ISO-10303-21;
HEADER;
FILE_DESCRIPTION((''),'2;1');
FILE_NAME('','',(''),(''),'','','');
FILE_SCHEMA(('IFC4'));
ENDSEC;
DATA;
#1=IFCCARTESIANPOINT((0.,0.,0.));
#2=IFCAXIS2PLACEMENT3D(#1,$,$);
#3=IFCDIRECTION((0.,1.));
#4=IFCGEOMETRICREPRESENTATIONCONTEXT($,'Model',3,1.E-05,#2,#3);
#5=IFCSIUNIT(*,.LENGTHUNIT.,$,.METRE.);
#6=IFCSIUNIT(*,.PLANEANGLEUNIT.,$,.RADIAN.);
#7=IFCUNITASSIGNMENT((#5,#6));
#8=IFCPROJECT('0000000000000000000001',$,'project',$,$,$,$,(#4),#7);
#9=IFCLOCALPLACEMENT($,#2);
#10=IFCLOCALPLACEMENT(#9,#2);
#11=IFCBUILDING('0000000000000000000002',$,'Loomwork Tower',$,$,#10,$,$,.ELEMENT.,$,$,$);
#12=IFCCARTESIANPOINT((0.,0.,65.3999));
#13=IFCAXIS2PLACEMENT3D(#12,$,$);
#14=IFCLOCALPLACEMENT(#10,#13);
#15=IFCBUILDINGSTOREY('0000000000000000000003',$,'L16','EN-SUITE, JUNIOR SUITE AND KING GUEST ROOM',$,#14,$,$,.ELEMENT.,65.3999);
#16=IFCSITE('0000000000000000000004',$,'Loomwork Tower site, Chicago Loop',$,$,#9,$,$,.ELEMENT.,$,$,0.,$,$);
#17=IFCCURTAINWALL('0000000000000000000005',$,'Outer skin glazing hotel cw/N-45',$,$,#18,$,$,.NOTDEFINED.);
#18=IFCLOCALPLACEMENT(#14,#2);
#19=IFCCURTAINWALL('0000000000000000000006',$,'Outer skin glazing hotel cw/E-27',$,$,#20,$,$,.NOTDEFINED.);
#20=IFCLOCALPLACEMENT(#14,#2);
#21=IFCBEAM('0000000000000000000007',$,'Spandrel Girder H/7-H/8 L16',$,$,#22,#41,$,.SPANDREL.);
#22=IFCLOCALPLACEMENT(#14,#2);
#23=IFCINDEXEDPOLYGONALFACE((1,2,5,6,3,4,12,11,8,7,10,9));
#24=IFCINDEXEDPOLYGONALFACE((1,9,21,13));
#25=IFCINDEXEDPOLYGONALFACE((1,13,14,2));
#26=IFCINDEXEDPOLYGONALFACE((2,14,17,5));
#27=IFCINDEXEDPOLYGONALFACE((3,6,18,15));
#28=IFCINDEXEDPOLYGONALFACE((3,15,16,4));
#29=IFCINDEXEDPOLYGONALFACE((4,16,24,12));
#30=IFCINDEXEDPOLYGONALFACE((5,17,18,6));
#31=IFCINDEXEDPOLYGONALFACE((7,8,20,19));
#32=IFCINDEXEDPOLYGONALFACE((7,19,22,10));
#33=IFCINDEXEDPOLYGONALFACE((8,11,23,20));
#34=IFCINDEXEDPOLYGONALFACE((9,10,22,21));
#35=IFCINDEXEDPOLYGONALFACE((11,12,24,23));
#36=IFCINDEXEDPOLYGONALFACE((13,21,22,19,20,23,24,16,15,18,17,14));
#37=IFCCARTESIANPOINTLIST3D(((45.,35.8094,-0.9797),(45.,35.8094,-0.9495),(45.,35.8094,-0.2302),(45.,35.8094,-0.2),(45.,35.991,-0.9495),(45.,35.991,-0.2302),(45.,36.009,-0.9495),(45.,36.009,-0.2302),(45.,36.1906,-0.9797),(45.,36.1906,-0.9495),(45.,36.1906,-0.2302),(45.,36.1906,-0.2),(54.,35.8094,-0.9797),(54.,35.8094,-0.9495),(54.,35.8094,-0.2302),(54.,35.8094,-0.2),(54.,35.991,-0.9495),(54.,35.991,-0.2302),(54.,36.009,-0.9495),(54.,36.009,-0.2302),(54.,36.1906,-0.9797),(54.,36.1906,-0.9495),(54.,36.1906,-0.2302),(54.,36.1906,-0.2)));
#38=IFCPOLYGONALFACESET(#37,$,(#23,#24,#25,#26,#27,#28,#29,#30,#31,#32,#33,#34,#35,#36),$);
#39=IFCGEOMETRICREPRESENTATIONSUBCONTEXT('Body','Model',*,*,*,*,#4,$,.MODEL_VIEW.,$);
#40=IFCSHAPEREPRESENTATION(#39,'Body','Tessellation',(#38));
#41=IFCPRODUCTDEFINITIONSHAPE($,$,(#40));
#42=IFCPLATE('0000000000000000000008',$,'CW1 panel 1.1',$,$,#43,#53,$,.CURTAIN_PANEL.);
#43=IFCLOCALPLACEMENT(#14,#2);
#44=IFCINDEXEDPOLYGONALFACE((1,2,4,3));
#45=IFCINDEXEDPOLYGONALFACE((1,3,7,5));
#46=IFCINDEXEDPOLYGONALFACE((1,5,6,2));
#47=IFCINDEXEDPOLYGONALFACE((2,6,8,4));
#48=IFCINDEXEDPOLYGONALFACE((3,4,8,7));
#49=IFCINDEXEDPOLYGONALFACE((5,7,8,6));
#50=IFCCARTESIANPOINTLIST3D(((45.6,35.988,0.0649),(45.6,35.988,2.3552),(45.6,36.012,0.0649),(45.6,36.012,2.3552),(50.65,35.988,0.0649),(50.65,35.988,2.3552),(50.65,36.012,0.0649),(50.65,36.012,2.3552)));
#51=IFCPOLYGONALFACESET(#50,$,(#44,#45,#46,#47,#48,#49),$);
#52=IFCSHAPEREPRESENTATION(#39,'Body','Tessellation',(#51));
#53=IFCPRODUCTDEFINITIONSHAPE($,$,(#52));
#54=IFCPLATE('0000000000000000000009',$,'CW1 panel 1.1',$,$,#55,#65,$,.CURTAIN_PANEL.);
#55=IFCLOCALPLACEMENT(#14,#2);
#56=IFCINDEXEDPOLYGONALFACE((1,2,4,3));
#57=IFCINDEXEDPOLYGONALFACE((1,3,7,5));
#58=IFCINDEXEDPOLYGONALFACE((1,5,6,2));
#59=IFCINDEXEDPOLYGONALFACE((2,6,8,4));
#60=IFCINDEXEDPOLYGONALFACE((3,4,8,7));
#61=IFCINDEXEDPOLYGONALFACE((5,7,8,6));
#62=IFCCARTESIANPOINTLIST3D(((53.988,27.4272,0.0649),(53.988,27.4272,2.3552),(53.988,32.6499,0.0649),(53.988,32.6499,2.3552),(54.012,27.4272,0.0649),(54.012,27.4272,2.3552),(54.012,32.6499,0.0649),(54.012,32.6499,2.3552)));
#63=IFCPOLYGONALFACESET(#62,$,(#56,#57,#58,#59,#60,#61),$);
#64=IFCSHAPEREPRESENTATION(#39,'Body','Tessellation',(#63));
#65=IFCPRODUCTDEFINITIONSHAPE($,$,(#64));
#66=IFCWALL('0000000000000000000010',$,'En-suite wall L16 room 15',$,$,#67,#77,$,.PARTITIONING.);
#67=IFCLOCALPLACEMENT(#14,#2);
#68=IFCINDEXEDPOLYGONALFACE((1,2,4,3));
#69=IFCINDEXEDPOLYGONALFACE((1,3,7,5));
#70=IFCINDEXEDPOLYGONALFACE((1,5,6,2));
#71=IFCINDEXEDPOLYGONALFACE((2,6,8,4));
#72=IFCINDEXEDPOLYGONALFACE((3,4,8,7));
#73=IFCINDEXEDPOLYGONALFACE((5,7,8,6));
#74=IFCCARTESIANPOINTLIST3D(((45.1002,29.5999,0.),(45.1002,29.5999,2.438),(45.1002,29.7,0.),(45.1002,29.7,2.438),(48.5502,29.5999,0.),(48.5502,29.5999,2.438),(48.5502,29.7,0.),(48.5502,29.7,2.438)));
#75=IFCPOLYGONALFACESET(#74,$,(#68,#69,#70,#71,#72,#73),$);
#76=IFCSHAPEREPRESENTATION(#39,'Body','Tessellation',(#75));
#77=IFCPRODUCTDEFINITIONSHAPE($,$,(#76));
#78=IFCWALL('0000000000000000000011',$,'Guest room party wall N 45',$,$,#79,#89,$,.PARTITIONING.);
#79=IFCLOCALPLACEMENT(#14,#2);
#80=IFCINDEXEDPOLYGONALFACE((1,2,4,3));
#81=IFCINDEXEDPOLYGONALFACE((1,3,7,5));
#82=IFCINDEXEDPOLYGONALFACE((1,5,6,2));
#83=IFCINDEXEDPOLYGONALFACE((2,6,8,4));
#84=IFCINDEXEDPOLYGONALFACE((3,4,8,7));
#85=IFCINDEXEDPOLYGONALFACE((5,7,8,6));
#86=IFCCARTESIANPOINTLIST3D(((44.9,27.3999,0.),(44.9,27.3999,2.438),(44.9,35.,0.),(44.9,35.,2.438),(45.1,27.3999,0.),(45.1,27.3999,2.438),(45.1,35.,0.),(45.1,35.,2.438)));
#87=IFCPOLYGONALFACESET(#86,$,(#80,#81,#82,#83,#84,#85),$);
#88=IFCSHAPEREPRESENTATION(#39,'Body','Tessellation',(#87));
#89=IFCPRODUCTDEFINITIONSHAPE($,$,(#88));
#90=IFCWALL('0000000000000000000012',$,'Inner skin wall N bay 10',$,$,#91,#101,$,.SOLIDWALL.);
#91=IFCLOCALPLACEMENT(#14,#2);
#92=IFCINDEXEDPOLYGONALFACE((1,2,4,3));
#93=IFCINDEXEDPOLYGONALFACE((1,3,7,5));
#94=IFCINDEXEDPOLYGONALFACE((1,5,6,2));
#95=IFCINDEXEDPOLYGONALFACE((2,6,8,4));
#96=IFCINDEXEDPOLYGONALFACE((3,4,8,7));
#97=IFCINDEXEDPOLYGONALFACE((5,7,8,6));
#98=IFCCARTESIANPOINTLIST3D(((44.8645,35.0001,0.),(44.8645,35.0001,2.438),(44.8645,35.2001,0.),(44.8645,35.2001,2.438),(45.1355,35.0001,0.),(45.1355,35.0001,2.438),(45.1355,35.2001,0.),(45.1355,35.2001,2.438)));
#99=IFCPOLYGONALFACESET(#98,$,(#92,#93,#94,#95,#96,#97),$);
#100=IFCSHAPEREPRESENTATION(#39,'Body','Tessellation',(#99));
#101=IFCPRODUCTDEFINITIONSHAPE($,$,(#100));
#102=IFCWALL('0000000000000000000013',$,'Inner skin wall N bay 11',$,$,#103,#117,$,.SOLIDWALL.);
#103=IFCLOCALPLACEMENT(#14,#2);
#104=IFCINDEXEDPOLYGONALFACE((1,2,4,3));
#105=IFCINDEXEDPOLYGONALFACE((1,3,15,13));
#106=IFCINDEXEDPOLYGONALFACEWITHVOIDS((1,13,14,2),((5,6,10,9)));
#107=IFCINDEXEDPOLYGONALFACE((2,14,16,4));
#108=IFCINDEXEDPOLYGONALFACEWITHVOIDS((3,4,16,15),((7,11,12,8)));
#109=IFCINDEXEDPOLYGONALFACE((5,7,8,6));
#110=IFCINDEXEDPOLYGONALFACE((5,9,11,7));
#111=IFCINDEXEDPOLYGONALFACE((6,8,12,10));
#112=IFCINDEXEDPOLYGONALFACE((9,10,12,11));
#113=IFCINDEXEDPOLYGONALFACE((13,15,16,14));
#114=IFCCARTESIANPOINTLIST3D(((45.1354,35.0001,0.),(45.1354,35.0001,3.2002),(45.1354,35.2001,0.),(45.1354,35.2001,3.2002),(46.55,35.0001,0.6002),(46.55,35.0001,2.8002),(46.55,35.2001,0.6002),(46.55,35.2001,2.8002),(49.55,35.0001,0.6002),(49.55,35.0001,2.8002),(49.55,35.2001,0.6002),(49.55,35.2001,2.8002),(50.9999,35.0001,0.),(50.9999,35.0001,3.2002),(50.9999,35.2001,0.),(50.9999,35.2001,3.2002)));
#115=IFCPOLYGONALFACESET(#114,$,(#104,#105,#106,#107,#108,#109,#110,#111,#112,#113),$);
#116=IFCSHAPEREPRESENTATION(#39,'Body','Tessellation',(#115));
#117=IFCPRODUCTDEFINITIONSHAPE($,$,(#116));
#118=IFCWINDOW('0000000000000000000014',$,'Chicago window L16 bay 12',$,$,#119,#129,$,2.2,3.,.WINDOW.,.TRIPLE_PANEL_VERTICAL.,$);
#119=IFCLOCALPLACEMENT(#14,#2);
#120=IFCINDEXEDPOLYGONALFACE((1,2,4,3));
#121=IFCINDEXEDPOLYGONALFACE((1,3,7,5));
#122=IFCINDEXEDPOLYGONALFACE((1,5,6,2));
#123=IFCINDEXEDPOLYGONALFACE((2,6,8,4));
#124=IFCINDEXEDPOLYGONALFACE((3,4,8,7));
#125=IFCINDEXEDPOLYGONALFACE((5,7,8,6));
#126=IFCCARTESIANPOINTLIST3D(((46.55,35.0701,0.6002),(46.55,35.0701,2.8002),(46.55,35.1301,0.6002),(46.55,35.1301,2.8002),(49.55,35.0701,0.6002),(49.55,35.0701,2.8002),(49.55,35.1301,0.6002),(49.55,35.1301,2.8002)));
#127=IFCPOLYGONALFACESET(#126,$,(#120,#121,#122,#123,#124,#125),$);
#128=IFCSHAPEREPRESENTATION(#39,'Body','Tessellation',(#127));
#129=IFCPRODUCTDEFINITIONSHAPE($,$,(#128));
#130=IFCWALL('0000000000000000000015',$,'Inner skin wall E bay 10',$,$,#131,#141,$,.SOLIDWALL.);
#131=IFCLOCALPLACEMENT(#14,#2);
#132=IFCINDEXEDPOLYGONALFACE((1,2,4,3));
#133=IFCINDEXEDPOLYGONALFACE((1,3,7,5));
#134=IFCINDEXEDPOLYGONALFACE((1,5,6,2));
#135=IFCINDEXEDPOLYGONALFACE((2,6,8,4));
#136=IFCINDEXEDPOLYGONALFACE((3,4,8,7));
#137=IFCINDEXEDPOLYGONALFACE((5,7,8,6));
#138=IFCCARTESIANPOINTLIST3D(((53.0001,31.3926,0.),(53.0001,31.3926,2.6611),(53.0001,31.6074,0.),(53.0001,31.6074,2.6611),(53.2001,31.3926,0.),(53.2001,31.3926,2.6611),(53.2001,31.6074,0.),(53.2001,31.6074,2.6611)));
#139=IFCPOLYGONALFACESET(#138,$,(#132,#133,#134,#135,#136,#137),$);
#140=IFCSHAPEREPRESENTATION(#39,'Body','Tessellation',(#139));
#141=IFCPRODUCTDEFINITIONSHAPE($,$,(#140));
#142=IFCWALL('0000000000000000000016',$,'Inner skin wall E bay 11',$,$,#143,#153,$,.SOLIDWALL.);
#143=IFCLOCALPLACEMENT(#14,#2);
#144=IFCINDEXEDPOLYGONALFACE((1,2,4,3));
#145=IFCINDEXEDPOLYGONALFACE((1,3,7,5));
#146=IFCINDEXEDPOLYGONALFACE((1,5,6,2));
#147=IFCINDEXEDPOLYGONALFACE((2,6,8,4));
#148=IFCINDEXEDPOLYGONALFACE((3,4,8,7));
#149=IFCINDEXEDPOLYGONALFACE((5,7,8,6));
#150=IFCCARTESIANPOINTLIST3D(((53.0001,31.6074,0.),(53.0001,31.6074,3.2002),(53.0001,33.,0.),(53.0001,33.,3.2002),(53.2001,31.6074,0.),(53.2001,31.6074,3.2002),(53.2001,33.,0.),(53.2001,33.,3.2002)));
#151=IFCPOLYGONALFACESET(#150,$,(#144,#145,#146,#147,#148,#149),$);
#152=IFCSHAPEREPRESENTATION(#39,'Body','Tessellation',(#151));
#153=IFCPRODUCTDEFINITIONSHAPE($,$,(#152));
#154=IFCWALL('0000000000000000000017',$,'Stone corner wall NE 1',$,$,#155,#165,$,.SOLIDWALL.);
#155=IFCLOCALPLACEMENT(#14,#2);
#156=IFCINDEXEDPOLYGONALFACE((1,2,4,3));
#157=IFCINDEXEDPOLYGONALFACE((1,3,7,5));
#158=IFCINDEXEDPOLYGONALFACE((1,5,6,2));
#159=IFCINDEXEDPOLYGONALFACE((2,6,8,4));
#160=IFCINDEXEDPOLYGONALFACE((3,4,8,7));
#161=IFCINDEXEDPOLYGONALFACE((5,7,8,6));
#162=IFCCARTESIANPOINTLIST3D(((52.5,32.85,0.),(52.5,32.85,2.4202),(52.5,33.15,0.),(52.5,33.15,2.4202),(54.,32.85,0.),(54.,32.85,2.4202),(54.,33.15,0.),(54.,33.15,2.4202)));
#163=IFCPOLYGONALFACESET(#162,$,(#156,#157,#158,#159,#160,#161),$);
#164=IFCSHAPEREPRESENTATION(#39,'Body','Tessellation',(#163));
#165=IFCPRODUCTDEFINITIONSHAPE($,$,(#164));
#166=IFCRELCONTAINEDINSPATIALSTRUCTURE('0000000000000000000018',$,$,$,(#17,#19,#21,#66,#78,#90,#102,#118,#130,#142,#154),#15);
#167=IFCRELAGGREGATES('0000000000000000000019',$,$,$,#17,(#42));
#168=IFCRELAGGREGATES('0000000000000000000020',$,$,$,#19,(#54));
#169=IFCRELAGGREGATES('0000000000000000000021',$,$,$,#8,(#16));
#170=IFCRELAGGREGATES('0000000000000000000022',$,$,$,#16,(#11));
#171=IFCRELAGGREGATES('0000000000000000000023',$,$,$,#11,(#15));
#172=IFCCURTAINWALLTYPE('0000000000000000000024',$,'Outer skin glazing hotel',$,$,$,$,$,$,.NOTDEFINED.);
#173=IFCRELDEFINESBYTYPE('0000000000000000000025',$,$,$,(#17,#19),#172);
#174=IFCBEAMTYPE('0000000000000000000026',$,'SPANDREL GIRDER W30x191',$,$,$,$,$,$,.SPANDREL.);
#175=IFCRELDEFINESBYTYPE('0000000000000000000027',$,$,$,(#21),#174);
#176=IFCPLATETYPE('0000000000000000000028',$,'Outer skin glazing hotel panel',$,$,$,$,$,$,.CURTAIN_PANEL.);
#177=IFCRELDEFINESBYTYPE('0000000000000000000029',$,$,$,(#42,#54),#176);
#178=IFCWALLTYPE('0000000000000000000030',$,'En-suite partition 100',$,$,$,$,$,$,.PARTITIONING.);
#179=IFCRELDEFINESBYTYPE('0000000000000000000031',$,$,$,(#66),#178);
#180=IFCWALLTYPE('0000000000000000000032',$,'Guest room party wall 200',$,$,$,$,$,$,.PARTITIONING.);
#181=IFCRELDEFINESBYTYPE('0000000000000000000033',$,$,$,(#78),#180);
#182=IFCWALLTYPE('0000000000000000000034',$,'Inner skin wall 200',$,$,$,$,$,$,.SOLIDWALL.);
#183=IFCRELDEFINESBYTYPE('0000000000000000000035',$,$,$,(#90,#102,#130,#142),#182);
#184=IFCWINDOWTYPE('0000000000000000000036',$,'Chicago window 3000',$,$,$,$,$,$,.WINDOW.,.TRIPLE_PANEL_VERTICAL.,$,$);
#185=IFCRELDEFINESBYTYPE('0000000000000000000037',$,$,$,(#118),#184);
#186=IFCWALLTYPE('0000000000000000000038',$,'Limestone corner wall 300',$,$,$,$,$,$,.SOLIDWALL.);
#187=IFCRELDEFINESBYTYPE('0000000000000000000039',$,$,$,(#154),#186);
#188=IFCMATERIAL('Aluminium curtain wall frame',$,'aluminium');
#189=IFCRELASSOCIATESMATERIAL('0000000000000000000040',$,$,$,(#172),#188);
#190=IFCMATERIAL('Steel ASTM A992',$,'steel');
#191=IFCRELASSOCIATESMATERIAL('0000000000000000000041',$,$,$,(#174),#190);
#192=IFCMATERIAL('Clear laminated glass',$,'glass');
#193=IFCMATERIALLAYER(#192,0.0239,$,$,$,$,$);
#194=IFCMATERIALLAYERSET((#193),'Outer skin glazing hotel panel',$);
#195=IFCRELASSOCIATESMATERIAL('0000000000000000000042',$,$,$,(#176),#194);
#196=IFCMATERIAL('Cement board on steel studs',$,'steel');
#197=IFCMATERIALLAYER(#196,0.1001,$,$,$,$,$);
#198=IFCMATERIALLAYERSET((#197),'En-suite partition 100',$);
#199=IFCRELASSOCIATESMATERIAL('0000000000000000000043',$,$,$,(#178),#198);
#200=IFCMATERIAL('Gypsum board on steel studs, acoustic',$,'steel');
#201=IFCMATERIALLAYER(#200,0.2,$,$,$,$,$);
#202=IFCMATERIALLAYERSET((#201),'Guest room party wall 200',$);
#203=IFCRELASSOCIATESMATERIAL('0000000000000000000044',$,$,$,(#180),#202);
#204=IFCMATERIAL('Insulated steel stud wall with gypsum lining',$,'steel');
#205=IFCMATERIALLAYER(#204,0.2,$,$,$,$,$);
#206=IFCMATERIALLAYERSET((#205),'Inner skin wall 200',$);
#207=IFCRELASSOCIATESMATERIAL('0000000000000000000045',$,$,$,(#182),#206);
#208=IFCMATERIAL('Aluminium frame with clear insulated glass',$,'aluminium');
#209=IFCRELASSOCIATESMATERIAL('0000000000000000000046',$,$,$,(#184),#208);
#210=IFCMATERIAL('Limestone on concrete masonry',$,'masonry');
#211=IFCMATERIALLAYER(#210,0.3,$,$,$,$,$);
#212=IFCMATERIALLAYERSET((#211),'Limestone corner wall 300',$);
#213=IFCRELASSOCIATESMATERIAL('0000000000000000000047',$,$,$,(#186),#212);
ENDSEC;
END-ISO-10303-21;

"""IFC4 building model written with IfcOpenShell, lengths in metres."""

from ifc_helpers import new_model, si_unit, direction, frame, frame_2d, origin, origin_2d, place, context, subcontext, project, spatial, rectangle, i_section, extrude, material, layer, layer_set, material_profile, profile_set, type_object, element, fill, aggregate, save


model = new_model("IFC4")

# Units and contexts
model_context = context("Model", 3, precision=1e-05, world=origin(), true_north=direction((0.0, 1.0)))
body_context = subcontext(model_context, "Body", "Model", "MODEL_VIEW")
ifc_project = project(units=[si_unit("LENGTHUNIT", "METRE"), si_unit("PLANEANGLEUNIT", "RADIAN")], contexts=[model_context])

# Site, building, storey
site_placement = place(None, origin())
site = spatial("IfcSite", under=ifc_project, at=site_placement, Name="Loomwork Tower site, Chicago Loop", CompositionType="ELEMENT", RefElevation=0.0)
building_placement = place(site_placement, origin())
building = spatial("IfcBuilding", under=site, at=building_placement, Name="Loomwork Tower", CompositionType="ELEMENT")
storey_placement = place(building_placement, frame((0.0, 0.0, 65.3999)))
storey = spatial("IfcBuildingStorey", under=building, at=storey_placement, Name="L16", Description="EN-SUITE, JUNIOR SUITE AND KING GUEST ROOM", CompositionType="ELEMENT", Elevation=65.3999)

# Shared definitions
ifc_material_1 = material(Name="Aluminium curtain wall frame", Category="aluminium")
curtain_wall_type = type_object("IfcCurtainWallType", Name="Outer skin glazing hotel", PredefinedType="NOTDEFINED", material=ifc_material_1)

# Curtain walls
curtain_wall_1_placement = place(storey_placement, origin())
curtain_wall_1 = element("IfcCurtainWall", 1, at=curtain_wall_1_placement, inside=storey, type_object=curtain_wall_type, Name="Outer skin glazing hotel cw/N-45", PredefinedType="NOTDEFINED")
curtain_wall_2_placement = place(storey_placement, origin())
curtain_wall_2 = element("IfcCurtainWall", 2, at=curtain_wall_2_placement, inside=storey, type_object=curtain_wall_type, Name="Outer skin glazing hotel cw/E-27", PredefinedType="NOTDEFINED")

# Beam
ifc_material_2 = material(Name="Steel ASTM A992", Category="steel")
ifc_material_profile_1 = material_profile(ifc_material_2, i_section(OverallWidth=0.3811, OverallDepth=0.7798, WebThickness=0.0181, FlangeThickness=0.0303, at=origin_2d()), Name="W30x191")
ifc_profile_set_1 = profile_set([ifc_material_profile_1], Name="Steel ASTM A992")
beam_type_1 = type_object("IfcBeamType", Name="SPANDREL GIRDER W30x191", PredefinedType="SPANDREL", material=ifc_profile_set_1)
beam_1_placement = place(storey_placement, frame((45.0, 36.0, -0.5898), z_axis=(1.0, 0.0, 0.0), x_axis=(0.0, 1.0, 0.0)))
element("IfcBeam", 3, at=beam_1_placement, inside=storey, type_object=beam_type_1, Name="Spandrel Girder H/7-H/8 L16", PredefinedType="SPANDREL", context=body_context, shape_type="SweptSolid", body=[
    extrude(i_section(OverallWidth=0.3811, OverallDepth=0.7798, WebThickness=0.0181, FlangeThickness=0.0303, at=origin_2d()), origin(), (0.0, 0.0, 1.0), 9.0),
])

# Plates
ifc_material_3 = material(Name="Clear laminated glass", Category="glass")
ifc_layer_1 = layer(ifc_material_3, 0.0239)
ifc_layer_set_1 = layer_set([ifc_layer_1], Name="Outer skin glazing hotel panel")
plate_type = type_object("IfcPlateType", Name="Outer skin glazing hotel panel", PredefinedType="CURTAIN_PANEL", material=ifc_layer_set_1)
plate_1_placement = place(storey_placement, frame((48.125, 36.0, 0.0649), z_axis=(0.0, 0.0, 1.0), x_axis=(-1.0, 0.0, 0.0)))
plate_1 = element("IfcPlate", 4, at=plate_1_placement, type_object=plate_type, Name="CW1 panel 1.1", PredefinedType="CURTAIN_PANEL", context=body_context, shape_type="SweptSolid", body=[
    extrude(rectangle(XDim=5.05, YDim=0.0239, at=origin_2d()), origin(), (0.0, 0.0, 1.0), 2.2903),
])
aggregate(curtain_wall_1, [plate_1])
plate_2_placement = place(storey_placement, frame((54.0, 30.0386, 0.0649), z_axis=(0.0, 0.0, 1.0), x_axis=(0.0, 1.0, 0.0)))
plate_2 = element("IfcPlate", 5, at=plate_2_placement, type_object=plate_type, Name="CW1 panel 1.1", PredefinedType="CURTAIN_PANEL", context=body_context, shape_type="SweptSolid", body=[
    extrude(rectangle(XDim=5.2227, YDim=0.0239, at=origin_2d()), origin(), (0.0, 0.0, 1.0), 2.2903),
])
aggregate(curtain_wall_2, [plate_2])

# Walls
ifc_material_4 = material(Name="Cement board on steel studs", Category="steel")
ifc_layer_2 = layer(ifc_material_4, 0.1001)
ifc_layer_set_2 = layer_set([ifc_layer_2], Name="En-suite partition 100")
wall_type_1 = type_object("IfcWallType", Name="En-suite partition 100", PredefinedType="PARTITIONING", material=ifc_layer_set_2)
wall_1_placement = place(storey_placement, frame((45.1001, 29.6499, 0.0), z_axis=(0.0, 0.0, 1.0), x_axis=(1.0, 0.0, 0.0)))
element("IfcWall", 6, at=wall_1_placement, inside=storey, type_object=wall_type_1, Name="En-suite wall L16 room 15", PredefinedType="PARTITIONING", context=body_context, shape_type="SweptSolid", body=[
    extrude(rectangle(XDim=3.45, YDim=0.1001, at=frame_2d((1.7251, 0.0))), origin(), (0.0, 0.0, 1.0), 2.438),
])
ifc_material_5 = material(Name="Gypsum board on steel studs, acoustic", Category="steel")
ifc_layer_3 = layer(ifc_material_5, 0.2)
ifc_layer_set_3 = layer_set([ifc_layer_3], Name="Guest room party wall 200")
wall_type_2 = type_object("IfcWallType", Name="Guest room party wall 200", PredefinedType="PARTITIONING", material=ifc_layer_set_3)
wall_2_placement = place(storey_placement, frame((45.0, 27.3999, 0.0), z_axis=(0.0, 0.0, 1.0), x_axis=(0.0, 1.0, 0.0)))
element("IfcWall", 7, at=wall_2_placement, inside=storey, type_object=wall_type_2, Name="Guest room party wall N 45", PredefinedType="PARTITIONING", context=body_context, shape_type="SweptSolid", body=[
    extrude(rectangle(XDim=7.6001, YDim=0.2, at=frame_2d((3.8, 0.0))), origin(), (0.0, 0.0, 1.0), 2.438),
])
ifc_material_6 = material(Name="Insulated steel stud wall with gypsum lining", Category="steel")
ifc_layer_4 = layer(ifc_material_6, 0.2)
ifc_layer_set_4 = layer_set([ifc_layer_4], Name="Inner skin wall 200")
wall_type_3 = type_object("IfcWallType", Name="Inner skin wall 200", PredefinedType="SOLIDWALL", material=ifc_layer_set_4)
wall_3_placement = place(storey_placement, frame((44.8645, 35.1001, 0.0), z_axis=(0.0, 0.0, 1.0), x_axis=(1.0, 0.0, 0.0)))
element("IfcWall", 8, at=wall_3_placement, inside=storey, type_object=wall_type_3, Name="Inner skin wall N bay 10", PredefinedType="SOLIDWALL", context=body_context, shape_type="SweptSolid", body=[
    extrude(rectangle(XDim=0.271, YDim=0.2, at=frame_2d((0.1355, 0.0))), origin(), (0.0, 0.0, 1.0), 2.438),
])

# Wall, opening, window
wall_4_placement = place(storey_placement, frame((45.1355, 35.1001, 0.0), z_axis=(0.0, 0.0, 1.0), x_axis=(1.0, 0.0, 0.0)))
wall_4 = element("IfcWall", 9, at=wall_4_placement, inside=storey, type_object=wall_type_3, Name="Inner skin wall N bay 11", PredefinedType="SOLIDWALL", context=body_context, shape_type="SweptSolid", body=[
    extrude(rectangle(XDim=5.8645, YDim=0.2, at=frame_2d((2.9321, 0.0))), origin(), (0.0, 0.0, 1.0), 3.2002),
])
opening_1_placement = place(wall_4_placement, frame((1.4146, 0.0, 0.6001)))
opening_1 = element("IfcOpeningElement", 10, at=opening_1_placement, cuts=wall_4, PredefinedType="OPENING", context=body_context, shape_type="SweptSolid", body=[
    extrude(rectangle(XDim=3.0, YDim=2.2, at=frame_2d((1.5, 1.1001))), frame((0.0, 0.1099, 0.0), z_axis=(0.0, -1.0, 0.0), x_axis=(1.0, 0.0, 0.0)), (0.0, 0.0, 1.0), 0.22),
])
ifc_material_7 = material(Name="Aluminium frame with clear insulated glass", Category="aluminium")
window_type_1 = type_object("IfcWindowType", Name="Chicago window 3000", PartitioningType="TRIPLE_PANEL_VERTICAL", PredefinedType="WINDOW", material=ifc_material_7)
window_1_placement = place(opening_1_placement, origin())
window_1 = element("IfcWindow", 11, at=window_1_placement, inside=storey, type_object=window_type_1, Name="Chicago window L16 bay 12", OverallHeight=2.2, OverallWidth=3.0, PartitioningType="TRIPLE_PANEL_VERTICAL", PredefinedType="WINDOW", context=body_context, shape_type="SweptSolid", body=[
    extrude(rectangle(XDim=3.0, YDim=2.2, at=frame_2d((1.5, 1.1001))), frame((0.0, 0.03, 0.0), z_axis=(0.0, -1.0, 0.0), x_axis=(1.0, 0.0, 0.0)), (0.0, 0.0, 1.0), 0.0601),
])
fill(opening_1, window_1)

# Walls
wall_5_placement = place(storey_placement, frame((53.1001, 31.3926, 0.0), z_axis=(0.0, 0.0, 1.0), x_axis=(0.0, 1.0, 0.0)))
element("IfcWall", 12, at=wall_5_placement, inside=storey, type_object=wall_type_3, Name="Inner skin wall E bay 10", PredefinedType="SOLIDWALL", context=body_context, shape_type="SweptSolid", body=[
    extrude(rectangle(XDim=0.2148, YDim=0.2, at=frame_2d((0.1074, 0.0))), origin(), (0.0, 0.0, 1.0), 2.6611),
])
wall_6_placement = place(storey_placement, frame((53.1001, 31.6074, 0.0), z_axis=(0.0, 0.0, 1.0), x_axis=(0.0, 1.0, 0.0)))
element("IfcWall", 13, at=wall_6_placement, inside=storey, type_object=wall_type_3, Name="Inner skin wall E bay 11", PredefinedType="SOLIDWALL", context=body_context, shape_type="SweptSolid", body=[
    extrude(rectangle(XDim=1.3926, YDim=0.2, at=frame_2d((0.6963, 0.0))), origin(), (0.0, 0.0, 1.0), 3.2002),
])
ifc_material_8 = material(Name="Limestone on concrete masonry", Category="masonry")
ifc_layer_5 = layer(ifc_material_8, 0.3)
ifc_layer_set_5 = layer_set([ifc_layer_5], Name="Limestone corner wall 300")
wall_type_4 = type_object("IfcWallType", Name="Limestone corner wall 300", PredefinedType="SOLIDWALL", material=ifc_layer_set_5)
wall_7_placement = place(storey_placement, frame((54.0, 33.0, 0.0), z_axis=(0.0, 0.0, 1.0), x_axis=(-1.0, 0.0, 0.0)))
element("IfcWall", 14, at=wall_7_placement, inside=storey, type_object=wall_type_4, Name="Stone corner wall NE 1", PredefinedType="SOLIDWALL", context=body_context, shape_type="SweptSolid", body=[
    extrude(rectangle(XDim=1.5, YDim=0.3, at=frame_2d((0.75, 0.0))), origin(), (0.0, 0.0, 1.0), 2.4202),
])

save(model, "model.ifc")
